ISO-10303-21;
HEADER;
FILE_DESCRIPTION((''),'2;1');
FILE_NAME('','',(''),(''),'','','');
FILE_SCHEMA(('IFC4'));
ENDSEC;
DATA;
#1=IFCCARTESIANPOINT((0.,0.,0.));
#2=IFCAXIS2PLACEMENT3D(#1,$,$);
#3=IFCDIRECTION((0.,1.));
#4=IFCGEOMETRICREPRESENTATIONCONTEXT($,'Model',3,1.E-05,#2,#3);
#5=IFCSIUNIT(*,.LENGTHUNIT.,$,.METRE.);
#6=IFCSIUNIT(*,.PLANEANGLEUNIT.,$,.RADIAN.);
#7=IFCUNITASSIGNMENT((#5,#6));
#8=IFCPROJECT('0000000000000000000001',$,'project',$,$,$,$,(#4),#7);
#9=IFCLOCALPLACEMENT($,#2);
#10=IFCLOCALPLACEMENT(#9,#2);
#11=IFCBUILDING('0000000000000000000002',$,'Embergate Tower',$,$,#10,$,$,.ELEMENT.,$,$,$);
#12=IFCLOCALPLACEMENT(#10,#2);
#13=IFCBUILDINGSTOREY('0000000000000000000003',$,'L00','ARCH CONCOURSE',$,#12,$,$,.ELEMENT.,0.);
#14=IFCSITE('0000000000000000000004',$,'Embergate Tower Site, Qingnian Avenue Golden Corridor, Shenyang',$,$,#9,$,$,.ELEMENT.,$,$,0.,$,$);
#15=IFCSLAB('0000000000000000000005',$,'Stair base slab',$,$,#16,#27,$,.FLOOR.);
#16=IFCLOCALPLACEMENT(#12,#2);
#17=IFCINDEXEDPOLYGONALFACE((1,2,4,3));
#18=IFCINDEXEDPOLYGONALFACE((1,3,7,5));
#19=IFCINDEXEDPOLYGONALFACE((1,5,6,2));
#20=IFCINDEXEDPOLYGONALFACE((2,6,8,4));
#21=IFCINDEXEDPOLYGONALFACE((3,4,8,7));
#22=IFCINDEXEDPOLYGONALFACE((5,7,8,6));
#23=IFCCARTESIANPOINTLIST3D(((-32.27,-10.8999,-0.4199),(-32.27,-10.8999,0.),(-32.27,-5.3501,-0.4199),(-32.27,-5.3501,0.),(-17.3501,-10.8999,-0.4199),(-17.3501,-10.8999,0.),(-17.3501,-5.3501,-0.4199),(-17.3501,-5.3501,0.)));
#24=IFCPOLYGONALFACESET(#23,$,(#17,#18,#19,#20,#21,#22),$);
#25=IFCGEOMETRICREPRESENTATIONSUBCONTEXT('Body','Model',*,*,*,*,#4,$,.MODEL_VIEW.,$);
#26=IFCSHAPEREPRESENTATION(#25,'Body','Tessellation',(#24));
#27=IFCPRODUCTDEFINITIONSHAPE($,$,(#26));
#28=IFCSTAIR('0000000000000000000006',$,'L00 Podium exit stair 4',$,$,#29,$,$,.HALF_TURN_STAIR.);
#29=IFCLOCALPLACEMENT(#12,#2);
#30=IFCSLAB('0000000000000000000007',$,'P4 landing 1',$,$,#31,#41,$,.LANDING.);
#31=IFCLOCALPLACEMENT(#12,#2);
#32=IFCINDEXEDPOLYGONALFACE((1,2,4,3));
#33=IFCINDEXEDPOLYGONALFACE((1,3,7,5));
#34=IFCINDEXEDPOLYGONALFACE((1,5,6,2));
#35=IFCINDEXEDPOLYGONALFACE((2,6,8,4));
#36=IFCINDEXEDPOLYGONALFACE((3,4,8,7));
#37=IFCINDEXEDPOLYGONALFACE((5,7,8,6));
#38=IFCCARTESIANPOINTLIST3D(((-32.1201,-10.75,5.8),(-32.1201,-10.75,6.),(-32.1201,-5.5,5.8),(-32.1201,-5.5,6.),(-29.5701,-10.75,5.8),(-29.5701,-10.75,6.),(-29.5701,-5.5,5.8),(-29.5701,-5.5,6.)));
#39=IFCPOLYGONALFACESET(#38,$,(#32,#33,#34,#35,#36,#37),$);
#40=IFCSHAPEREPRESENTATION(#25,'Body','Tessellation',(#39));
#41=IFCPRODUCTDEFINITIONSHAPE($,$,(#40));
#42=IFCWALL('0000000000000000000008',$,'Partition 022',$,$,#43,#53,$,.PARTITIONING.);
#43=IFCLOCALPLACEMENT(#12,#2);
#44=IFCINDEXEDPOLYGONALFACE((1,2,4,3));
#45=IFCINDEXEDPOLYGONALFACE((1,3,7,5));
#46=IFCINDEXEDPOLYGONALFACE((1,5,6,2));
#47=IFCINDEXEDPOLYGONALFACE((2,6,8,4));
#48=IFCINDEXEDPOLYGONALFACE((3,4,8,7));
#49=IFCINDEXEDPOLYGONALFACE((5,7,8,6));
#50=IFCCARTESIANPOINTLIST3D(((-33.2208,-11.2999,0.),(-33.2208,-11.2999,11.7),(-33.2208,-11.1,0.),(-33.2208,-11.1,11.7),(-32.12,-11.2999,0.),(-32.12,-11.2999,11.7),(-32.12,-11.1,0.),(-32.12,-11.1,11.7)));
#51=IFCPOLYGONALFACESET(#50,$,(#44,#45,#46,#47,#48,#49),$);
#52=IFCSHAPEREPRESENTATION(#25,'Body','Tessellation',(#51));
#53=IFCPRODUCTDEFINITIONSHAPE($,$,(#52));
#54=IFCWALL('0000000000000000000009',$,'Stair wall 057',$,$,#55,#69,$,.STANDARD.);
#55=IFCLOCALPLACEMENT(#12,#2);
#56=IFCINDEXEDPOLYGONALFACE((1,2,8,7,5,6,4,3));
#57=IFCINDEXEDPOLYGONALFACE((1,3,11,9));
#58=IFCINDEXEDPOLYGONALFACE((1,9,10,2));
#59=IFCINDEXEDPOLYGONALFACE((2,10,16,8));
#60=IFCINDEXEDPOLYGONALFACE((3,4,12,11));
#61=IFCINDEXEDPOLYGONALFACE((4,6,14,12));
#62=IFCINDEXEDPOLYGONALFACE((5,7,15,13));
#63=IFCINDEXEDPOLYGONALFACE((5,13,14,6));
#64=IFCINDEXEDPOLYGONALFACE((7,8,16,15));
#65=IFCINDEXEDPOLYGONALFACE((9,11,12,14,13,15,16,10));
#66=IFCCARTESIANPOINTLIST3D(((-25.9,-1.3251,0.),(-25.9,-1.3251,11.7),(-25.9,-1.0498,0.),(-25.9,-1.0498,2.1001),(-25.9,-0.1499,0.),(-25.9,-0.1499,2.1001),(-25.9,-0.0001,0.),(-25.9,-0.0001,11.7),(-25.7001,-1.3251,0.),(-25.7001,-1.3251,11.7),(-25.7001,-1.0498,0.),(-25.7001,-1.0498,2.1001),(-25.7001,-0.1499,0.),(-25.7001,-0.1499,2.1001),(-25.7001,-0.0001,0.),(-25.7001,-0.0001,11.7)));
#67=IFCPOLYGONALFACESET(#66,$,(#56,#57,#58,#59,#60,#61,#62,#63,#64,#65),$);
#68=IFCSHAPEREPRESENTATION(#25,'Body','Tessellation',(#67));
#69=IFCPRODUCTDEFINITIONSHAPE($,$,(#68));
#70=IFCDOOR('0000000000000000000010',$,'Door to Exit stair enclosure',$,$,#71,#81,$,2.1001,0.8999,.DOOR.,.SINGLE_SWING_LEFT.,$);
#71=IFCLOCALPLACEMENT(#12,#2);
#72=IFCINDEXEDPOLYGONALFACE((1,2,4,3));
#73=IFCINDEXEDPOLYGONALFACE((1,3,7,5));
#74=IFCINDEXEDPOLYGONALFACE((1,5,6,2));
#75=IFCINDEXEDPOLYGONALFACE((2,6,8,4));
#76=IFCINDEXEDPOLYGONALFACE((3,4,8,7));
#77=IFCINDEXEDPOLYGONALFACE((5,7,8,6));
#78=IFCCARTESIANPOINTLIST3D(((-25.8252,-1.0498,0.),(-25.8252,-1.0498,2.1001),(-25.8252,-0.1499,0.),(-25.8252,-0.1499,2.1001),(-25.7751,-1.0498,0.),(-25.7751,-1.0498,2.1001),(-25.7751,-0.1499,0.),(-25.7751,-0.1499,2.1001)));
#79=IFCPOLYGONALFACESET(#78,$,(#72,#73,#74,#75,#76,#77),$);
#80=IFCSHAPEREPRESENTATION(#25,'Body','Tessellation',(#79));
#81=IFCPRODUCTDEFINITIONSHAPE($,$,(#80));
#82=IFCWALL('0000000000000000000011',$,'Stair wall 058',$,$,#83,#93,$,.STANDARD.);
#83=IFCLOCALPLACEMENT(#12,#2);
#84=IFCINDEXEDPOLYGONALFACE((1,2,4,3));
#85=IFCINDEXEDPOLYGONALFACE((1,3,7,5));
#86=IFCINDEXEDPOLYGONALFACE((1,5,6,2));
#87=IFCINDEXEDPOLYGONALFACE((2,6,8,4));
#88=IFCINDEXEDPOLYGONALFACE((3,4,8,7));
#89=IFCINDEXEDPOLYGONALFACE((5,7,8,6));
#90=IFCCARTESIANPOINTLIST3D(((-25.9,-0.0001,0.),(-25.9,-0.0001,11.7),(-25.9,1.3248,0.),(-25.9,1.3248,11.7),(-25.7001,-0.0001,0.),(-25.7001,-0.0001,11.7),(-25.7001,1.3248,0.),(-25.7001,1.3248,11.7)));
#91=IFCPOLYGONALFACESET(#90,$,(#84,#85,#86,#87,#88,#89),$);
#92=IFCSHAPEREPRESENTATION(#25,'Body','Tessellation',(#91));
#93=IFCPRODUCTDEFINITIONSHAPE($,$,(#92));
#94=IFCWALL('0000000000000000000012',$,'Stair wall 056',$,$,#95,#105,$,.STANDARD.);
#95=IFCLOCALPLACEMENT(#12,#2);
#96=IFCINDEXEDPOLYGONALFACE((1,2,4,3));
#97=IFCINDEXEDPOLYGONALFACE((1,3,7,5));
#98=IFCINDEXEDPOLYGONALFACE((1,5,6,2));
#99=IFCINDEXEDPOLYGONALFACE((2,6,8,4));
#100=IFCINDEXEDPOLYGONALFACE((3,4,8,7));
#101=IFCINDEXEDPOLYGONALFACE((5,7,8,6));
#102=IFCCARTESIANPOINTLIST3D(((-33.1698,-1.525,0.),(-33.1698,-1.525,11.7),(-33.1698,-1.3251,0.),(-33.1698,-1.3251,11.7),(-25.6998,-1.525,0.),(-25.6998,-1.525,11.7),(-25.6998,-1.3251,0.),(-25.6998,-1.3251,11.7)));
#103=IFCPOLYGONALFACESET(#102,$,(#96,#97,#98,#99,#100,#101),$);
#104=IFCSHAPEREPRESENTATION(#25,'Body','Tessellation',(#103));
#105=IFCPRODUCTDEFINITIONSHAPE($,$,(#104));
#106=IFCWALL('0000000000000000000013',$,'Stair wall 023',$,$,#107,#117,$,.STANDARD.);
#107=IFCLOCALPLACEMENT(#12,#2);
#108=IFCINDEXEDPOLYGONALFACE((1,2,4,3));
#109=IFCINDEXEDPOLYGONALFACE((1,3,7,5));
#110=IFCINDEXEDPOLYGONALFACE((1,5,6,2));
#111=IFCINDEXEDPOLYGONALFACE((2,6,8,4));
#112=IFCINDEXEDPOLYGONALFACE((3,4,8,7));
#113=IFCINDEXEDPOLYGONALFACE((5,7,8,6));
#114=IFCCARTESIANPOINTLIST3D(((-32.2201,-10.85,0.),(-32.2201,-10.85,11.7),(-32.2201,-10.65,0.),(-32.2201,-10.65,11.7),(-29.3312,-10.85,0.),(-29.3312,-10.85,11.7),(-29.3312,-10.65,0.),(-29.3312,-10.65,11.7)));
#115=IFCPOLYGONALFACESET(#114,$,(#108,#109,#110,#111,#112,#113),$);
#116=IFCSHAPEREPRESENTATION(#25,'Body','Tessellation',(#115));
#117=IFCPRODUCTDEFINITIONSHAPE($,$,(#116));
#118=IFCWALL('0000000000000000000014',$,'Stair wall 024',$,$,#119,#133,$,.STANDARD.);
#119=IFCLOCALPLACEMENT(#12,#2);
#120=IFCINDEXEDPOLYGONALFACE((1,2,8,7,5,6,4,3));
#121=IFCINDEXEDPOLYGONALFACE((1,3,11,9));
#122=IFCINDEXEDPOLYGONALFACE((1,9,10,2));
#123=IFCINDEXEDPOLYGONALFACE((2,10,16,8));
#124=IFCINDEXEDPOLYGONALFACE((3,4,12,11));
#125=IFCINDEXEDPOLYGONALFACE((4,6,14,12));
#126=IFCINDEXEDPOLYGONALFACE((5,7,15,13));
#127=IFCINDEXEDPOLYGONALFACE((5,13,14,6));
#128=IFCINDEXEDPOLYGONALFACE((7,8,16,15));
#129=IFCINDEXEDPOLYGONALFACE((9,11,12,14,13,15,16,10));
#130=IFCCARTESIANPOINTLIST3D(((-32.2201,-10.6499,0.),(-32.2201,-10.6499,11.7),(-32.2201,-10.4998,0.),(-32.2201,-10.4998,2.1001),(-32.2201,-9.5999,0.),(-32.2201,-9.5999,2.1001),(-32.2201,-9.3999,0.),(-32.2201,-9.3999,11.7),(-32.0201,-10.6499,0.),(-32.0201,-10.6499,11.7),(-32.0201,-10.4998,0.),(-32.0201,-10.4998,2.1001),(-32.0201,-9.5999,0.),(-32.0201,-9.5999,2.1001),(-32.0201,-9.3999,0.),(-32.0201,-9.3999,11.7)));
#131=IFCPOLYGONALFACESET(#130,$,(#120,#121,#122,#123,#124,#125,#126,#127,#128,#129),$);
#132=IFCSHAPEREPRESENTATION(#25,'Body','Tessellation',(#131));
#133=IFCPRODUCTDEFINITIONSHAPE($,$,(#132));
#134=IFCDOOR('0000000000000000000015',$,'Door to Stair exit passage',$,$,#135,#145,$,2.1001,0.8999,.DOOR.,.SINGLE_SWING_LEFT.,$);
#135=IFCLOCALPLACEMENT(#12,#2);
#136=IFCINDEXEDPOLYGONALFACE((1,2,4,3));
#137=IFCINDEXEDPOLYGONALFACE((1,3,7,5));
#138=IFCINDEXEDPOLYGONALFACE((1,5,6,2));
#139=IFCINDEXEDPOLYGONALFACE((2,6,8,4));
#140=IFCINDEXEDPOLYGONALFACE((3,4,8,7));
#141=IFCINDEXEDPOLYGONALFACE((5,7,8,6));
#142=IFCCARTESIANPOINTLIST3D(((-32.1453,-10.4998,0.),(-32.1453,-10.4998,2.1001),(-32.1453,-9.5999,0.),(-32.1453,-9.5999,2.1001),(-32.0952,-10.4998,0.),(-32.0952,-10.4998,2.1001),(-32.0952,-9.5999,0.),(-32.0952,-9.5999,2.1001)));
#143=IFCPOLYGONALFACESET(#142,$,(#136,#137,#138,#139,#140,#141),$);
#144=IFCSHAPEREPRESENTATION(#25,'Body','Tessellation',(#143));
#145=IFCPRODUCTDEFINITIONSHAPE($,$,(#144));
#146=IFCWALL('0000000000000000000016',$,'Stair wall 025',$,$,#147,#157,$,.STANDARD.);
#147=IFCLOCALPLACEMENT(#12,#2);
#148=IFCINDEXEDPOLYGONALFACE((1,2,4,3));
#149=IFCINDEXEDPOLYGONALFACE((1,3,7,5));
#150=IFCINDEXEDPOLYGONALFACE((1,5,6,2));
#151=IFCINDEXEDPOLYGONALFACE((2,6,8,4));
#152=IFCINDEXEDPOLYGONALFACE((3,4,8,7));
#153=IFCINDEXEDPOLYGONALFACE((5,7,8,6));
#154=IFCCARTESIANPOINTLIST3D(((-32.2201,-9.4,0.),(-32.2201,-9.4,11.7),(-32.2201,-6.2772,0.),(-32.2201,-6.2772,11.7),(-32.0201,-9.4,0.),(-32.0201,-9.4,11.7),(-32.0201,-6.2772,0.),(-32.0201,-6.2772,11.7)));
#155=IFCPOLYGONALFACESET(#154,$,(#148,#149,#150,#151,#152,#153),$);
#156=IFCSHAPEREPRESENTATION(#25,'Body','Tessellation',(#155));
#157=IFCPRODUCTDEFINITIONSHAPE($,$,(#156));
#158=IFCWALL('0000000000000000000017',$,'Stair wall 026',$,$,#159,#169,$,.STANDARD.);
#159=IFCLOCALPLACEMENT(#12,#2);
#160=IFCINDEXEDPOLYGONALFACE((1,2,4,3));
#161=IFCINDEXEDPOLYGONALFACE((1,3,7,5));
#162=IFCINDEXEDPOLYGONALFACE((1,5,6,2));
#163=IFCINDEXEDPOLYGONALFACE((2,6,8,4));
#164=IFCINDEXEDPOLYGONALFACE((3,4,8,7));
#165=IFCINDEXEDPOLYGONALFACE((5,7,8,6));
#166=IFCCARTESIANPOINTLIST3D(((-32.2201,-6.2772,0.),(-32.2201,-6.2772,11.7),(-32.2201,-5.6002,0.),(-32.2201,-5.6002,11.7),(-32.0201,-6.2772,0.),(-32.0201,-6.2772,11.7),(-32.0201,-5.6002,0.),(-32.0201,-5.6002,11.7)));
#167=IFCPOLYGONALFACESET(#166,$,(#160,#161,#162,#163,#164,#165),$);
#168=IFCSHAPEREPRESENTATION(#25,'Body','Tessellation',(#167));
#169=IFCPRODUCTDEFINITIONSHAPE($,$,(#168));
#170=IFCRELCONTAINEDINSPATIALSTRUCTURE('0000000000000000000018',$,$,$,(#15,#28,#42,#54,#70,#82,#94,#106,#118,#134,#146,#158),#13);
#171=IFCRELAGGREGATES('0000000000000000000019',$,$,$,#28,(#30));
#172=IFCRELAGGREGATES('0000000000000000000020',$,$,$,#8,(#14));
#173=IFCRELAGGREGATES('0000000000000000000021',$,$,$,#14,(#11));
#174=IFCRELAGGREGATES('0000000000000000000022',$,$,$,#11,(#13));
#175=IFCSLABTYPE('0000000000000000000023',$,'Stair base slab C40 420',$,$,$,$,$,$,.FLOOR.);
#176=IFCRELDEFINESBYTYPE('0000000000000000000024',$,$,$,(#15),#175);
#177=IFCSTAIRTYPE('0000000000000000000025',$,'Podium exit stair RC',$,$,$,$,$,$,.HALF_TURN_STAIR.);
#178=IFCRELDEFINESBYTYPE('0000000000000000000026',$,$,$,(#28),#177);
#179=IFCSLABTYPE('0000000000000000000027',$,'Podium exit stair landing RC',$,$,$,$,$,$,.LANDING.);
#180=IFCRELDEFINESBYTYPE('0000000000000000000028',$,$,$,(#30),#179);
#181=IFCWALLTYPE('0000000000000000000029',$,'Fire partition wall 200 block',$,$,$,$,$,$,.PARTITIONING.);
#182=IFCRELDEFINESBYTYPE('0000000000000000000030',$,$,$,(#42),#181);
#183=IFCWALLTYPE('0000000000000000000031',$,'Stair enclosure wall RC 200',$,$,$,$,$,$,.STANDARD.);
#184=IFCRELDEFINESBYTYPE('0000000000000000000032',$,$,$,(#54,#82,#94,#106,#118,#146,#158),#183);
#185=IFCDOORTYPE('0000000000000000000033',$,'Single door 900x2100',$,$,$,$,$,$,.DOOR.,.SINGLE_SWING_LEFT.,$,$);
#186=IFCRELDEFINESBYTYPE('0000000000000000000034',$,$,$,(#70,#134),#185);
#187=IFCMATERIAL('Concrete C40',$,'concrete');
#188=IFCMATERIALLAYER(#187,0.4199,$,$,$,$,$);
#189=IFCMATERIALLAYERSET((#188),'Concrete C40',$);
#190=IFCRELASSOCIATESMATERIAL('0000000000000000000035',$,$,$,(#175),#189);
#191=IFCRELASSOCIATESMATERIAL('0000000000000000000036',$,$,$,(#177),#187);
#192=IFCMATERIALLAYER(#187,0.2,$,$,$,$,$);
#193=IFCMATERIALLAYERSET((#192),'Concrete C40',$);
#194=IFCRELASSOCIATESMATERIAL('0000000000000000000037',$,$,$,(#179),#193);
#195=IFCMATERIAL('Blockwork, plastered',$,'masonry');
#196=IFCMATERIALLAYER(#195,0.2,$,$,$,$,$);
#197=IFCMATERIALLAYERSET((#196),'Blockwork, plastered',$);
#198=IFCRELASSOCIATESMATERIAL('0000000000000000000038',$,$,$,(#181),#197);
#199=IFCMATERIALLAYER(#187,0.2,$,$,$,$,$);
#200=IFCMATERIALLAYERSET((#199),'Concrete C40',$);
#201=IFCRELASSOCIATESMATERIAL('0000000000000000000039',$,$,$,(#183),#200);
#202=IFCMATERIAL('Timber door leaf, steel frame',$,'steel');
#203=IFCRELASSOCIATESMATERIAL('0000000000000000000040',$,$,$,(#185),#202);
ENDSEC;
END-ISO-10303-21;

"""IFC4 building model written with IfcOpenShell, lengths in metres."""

from ifc_helpers import new_model, si_unit, direction, frame, frame_2d, origin, place, context, subcontext, project, spatial, polyline, rectangle, outline, extrude, source, transform, mapped, material, layer, layer_set, type_object, element, fill, aggregate, save


model = new_model("IFC4")

# Units and contexts
model_context = context("Model", 3, precision=1e-05, world=origin(), true_north=direction((0.0, 1.0)))
body_context = subcontext(model_context, "Body", "Model", "MODEL_VIEW")
ifc_project = project(units=[si_unit("LENGTHUNIT", "METRE"), si_unit("PLANEANGLEUNIT", "RADIAN")], contexts=[model_context])

# Site, building, storey
site_placement = place(None, origin())
site = spatial("IfcSite", under=ifc_project, at=site_placement, Name="Embergate Tower Site, Qingnian Avenue Golden Corridor, Shenyang", CompositionType="ELEMENT", RefElevation=0.0)
building_placement = place(site_placement, origin())
building = spatial("IfcBuilding", under=site, at=building_placement, Name="Embergate Tower", CompositionType="ELEMENT")
storey_placement = place(building_placement, origin())
storey = spatial("IfcBuildingStorey", under=building, at=storey_placement, Name="L00", Description="ARCH CONCOURSE", CompositionType="ELEMENT", Elevation=0.0)

# Slab
ifc_material_1 = material(Name="Concrete C40", Category="concrete")
ifc_layer_1 = layer(ifc_material_1, 0.4199)
ifc_layer_set_1 = layer_set([ifc_layer_1], Name="Concrete C40")
slab_type_1 = type_object("IfcSlabType", Name="Stair base slab C40 420", PredefinedType="FLOOR", material=ifc_layer_set_1)
shared_shape_1 = source(origin(), body_context, "Body", "SweptSolid", [
    extrude(outline(polyline([(0.0, 0.0), (0.0, 5.5498), (14.9199, 5.5498), (14.9199, 0.0), (0.0, 0.0)])), origin(), (0.0, 0.0, 1.0), 0.4199),
])
slab_1_placement = place(storey_placement, frame((-32.27, -10.8999, -0.4199)))
element("IfcSlab", 1, at=slab_1_placement, inside=storey, type_object=slab_type_1, Name="Stair base slab", PredefinedType="FLOOR", context=body_context, shape_type="MappedRepresentation", body=[
    mapped(shared_shape_1, transform((0.0, 0.0, 0.0))),
])

# Stair, slab
stair_type = type_object("IfcStairType", Name="Podium exit stair RC", PredefinedType="HALF_TURN_STAIR", material=ifc_material_1)
stair_placement = place(storey_placement, origin())
stair = element("IfcStair", 2, at=stair_placement, inside=storey, type_object=stair_type, Name="L00 Podium exit stair 4", PredefinedType="HALF_TURN_STAIR")
ifc_layer_2 = layer(ifc_material_1, 0.2)
ifc_layer_set_2 = layer_set([ifc_layer_2], Name="Concrete C40")
slab_type_2 = type_object("IfcSlabType", Name="Podium exit stair landing RC", PredefinedType="LANDING", material=ifc_layer_set_2)
shared_shape_2 = source(origin(), body_context, "Body", "SweptSolid", [
    extrude(outline(polyline([(0.0, 0.0), (2.55, 0.0), (2.55, 5.25), (0.0, 5.25), (0.0, 0.0)])), origin(), (0.0, 0.0, 1.0), 0.2),
])
slab_2_placement = place(storey_placement, frame((-32.1201, -10.75, 5.8)))
slab_2 = element("IfcSlab", 3, at=slab_2_placement, type_object=slab_type_2, Name="P4 landing 1", PredefinedType="LANDING", context=body_context, shape_type="MappedRepresentation", body=[
    mapped(shared_shape_2, transform((0.0, 0.0, 0.0))),
])

# Wall
ifc_material_2 = material(Name="Blockwork, plastered", Category="masonry")
ifc_layer_3 = layer(ifc_material_2, 0.2)
ifc_layer_set_3 = layer_set([ifc_layer_3], Name="Blockwork, plastered")
wall_type_1 = type_object("IfcWallType", Name="Fire partition wall 200 block", PredefinedType="PARTITIONING", material=ifc_layer_set_3)
shared_shape_3 = source(origin(), body_context, "Body", "SweptSolid", [
    extrude(rectangle(XDim=1.1008, YDim=0.2, at=frame_2d((0.5503, 0.0))), origin(), (0.0, 0.0, 1.0), 11.7),
])
wall_1_placement = place(storey_placement, frame((-32.1201, -11.2, 0.0), z_axis=(0.0, 0.0, 1.0), x_axis=(-1.0, 0.0, 0.0)))
element("IfcWall", 4, at=wall_1_placement, inside=storey, type_object=wall_type_1, Name="Partition 022", PredefinedType="PARTITIONING", context=body_context, shape_type="MappedRepresentation", body=[
    mapped(shared_shape_3, transform((0.0, 0.0, 0.0))),
])

# Wall, opening, door
ifc_layer_4 = layer(ifc_material_1, 0.2)
ifc_layer_set_4 = layer_set([ifc_layer_4], Name="Concrete C40")
wall_type_2 = type_object("IfcWallType", Name="Stair enclosure wall RC 200", PredefinedType="STANDARD", material=ifc_layer_set_4)
shared_shape_4 = source(origin(), body_context, "Body", "SweptSolid", [
    extrude(rectangle(XDim=1.325, YDim=0.2, at=frame_2d((0.6626, 0.0))), origin(), (0.0, 0.0, 1.0), 11.7),
])
wall_2_placement = place(storey_placement, frame((-25.8, 0.0, 0.0), z_axis=(0.0, 0.0, 1.0), x_axis=(0.0, -1.0, 0.0)))
wall_2 = element("IfcWall", 5, at=wall_2_placement, inside=storey, type_object=wall_type_2, Name="Stair wall 057", PredefinedType="STANDARD", context=body_context, shape_type="MappedRepresentation", body=[
    mapped(shared_shape_4, transform((0.0, 0.0, 0.0))),
])
shared_shape_5 = source(origin(), body_context, "Body", "SweptSolid", [
    extrude(rectangle(XDim=0.8999, YDim=2.1001, at=frame_2d((0.45, 1.05))), frame((0.0, 0.1099, 0.0), z_axis=(0.0, -1.0, 0.0), x_axis=(1.0, 0.0, 0.0)), (0.0, 0.0, 1.0), 0.22),
])
opening_1_placement = place(wall_2_placement, frame((0.1499, 0.0, 0.0)))
opening_1 = element("IfcOpeningElement", 6, at=opening_1_placement, cuts=wall_2, PredefinedType="OPENING", context=body_context, shape_type="MappedRepresentation", body=[
    mapped(shared_shape_5, transform((0.0, 0.0, 0.0))),
])
ifc_material_3 = material(Name="Timber door leaf, steel frame", Category="steel")
door_type = type_object("IfcDoorType", Name="Single door 900x2100", OperationType="SINGLE_SWING_LEFT", PredefinedType="DOOR", material=ifc_material_3)
shared_shape_6 = source(origin(), body_context, "Body", "SweptSolid", [
    extrude(rectangle(XDim=0.8999, YDim=2.1001, at=frame_2d((0.45, 1.05))), frame((0.0, 0.0249, 0.0), z_axis=(0.0, -1.0, 0.0), x_axis=(1.0, 0.0, 0.0)), (0.0, 0.0, 1.0), 0.05),
])
door_1_placement = place(opening_1_placement, origin())
door_1 = element("IfcDoor", 7, at=door_1_placement, inside=storey, type_object=door_type, Name="Door to Exit stair enclosure", OperationType="SINGLE_SWING_LEFT", OverallHeight=2.1001, OverallWidth=0.8999, PredefinedType="DOOR", context=body_context, shape_type="MappedRepresentation", body=[
    mapped(shared_shape_6, transform((0.0, 0.0, 0.0))),
])
fill(opening_1, door_1)

# Walls
wall_3_placement = place(storey_placement, frame((-25.8, 1.325, 0.0), z_axis=(0.0, 0.0, 1.0), x_axis=(0.0, -1.0, 0.0)))
element("IfcWall", 8, at=wall_3_placement, inside=storey, type_object=wall_type_2, Name="Stair wall 058", PredefinedType="STANDARD", context=body_context, shape_type="MappedRepresentation", body=[
    mapped(shared_shape_4, transform((0.0, 0.0, 0.0))),
])
shared_shape_7 = source(origin(), body_context, "Body", "SweptSolid", [
    extrude(rectangle(XDim=7.47, YDim=0.2, at=frame_2d((3.7349, 0.0))), origin(), (0.0, 0.0, 1.0), 11.7),
])
wall_4_placement = place(storey_placement, frame((-25.7, -1.425, 0.0), z_axis=(0.0, 0.0, 1.0), x_axis=(-1.0, 0.0, 0.0)))
element("IfcWall", 9, at=wall_4_placement, inside=storey, type_object=wall_type_2, Name="Stair wall 056", PredefinedType="STANDARD", context=body_context, shape_type="MappedRepresentation", body=[
    mapped(shared_shape_7, transform((0.0, 0.0, 0.0))),
])
shared_shape_8 = source(origin(), body_context, "Body", "SweptSolid", [
    extrude(rectangle(XDim=2.8889, YDim=0.2, at=frame_2d((1.4443, 0.0))), origin(), (0.0, 0.0, 1.0), 11.7),
])
wall_5_placement = place(storey_placement, frame((-32.22, -10.75, 0.0), z_axis=(0.0, 0.0, 1.0), x_axis=(1.0, 0.0, 0.0)))
element("IfcWall", 10, at=wall_5_placement, inside=storey, type_object=wall_type_2, Name="Stair wall 023", PredefinedType="STANDARD", context=body_context, shape_type="MappedRepresentation", body=[
    mapped(shared_shape_8, transform((0.0, 0.0, 0.0))),
])

# Wall, opening, door
shared_shape_9 = source(origin(), body_context, "Body", "SweptSolid", [
    extrude(rectangle(XDim=1.25, YDim=0.2, at=frame_2d((0.625, 0.0))), origin(), (0.0, 0.0, 1.0), 11.7),
])
wall_6_placement = place(storey_placement, frame((-32.1201, -9.3999, 0.0), z_axis=(0.0, 0.0, 1.0), x_axis=(0.0, -1.0, 0.0)))
wall_6 = element("IfcWall", 11, at=wall_6_placement, inside=storey, type_object=wall_type_2, Name="Stair wall 024", PredefinedType="STANDARD", context=body_context, shape_type="MappedRepresentation", body=[
    mapped(shared_shape_9, transform((0.0, 0.0, 0.0))),
])
opening_2_placement = place(wall_6_placement, frame((0.2, 0.0, 0.0)))
opening_2 = element("IfcOpeningElement", 12, at=opening_2_placement, cuts=wall_6, PredefinedType="OPENING", context=body_context, shape_type="MappedRepresentation", body=[
    mapped(shared_shape_5, transform((0.0, 0.0, 0.0))),
])
door_2_placement = place(opening_2_placement, origin())
door_2 = element("IfcDoor", 13, at=door_2_placement, inside=storey, type_object=door_type, Name="Door to Stair exit passage", OperationType="SINGLE_SWING_LEFT", OverallHeight=2.1001, OverallWidth=0.8999, PredefinedType="DOOR", context=body_context, shape_type="MappedRepresentation", body=[
    mapped(shared_shape_6, transform((0.0, 0.0, 0.0))),
])
fill(opening_2, door_2)

# Walls
shared_shape_10 = source(origin(), body_context, "Body", "SweptSolid", [
    extrude(rectangle(XDim=3.1228, YDim=0.2, at=frame_2d((1.5615, 0.0))), origin(), (0.0, 0.0, 1.0), 11.7),
])
wall_7_placement = place(storey_placement, frame((-32.1201, -6.2771, 0.0), z_axis=(0.0, 0.0, 1.0), x_axis=(0.0, -1.0, 0.0)))
element("IfcWall", 14, at=wall_7_placement, inside=storey, type_object=wall_type_2, Name="Stair wall 025", PredefinedType="STANDARD", context=body_context, shape_type="MappedRepresentation", body=[
    mapped(shared_shape_10, transform((0.0, 0.0, 0.0))),
])
shared_shape_11 = source(origin(), body_context, "Body", "SweptSolid", [
    extrude(rectangle(XDim=0.677, YDim=0.2, at=frame_2d((0.3384, 0.0))), origin(), (0.0, 0.0, 1.0), 11.7),
])
wall_8_placement = place(storey_placement, frame((-32.1201, -6.2771, 0.0), z_axis=(0.0, 0.0, 1.0), x_axis=(0.0, 1.0, 0.0)))
element("IfcWall", 15, at=wall_8_placement, inside=storey, type_object=wall_type_2, Name="Stair wall 026", PredefinedType="STANDARD", context=body_context, shape_type="MappedRepresentation", body=[
    mapped(shared_shape_11, transform((0.0, 0.0, 0.0))),
])

aggregate(stair, [slab_2])

save(model, "model.ifc")
